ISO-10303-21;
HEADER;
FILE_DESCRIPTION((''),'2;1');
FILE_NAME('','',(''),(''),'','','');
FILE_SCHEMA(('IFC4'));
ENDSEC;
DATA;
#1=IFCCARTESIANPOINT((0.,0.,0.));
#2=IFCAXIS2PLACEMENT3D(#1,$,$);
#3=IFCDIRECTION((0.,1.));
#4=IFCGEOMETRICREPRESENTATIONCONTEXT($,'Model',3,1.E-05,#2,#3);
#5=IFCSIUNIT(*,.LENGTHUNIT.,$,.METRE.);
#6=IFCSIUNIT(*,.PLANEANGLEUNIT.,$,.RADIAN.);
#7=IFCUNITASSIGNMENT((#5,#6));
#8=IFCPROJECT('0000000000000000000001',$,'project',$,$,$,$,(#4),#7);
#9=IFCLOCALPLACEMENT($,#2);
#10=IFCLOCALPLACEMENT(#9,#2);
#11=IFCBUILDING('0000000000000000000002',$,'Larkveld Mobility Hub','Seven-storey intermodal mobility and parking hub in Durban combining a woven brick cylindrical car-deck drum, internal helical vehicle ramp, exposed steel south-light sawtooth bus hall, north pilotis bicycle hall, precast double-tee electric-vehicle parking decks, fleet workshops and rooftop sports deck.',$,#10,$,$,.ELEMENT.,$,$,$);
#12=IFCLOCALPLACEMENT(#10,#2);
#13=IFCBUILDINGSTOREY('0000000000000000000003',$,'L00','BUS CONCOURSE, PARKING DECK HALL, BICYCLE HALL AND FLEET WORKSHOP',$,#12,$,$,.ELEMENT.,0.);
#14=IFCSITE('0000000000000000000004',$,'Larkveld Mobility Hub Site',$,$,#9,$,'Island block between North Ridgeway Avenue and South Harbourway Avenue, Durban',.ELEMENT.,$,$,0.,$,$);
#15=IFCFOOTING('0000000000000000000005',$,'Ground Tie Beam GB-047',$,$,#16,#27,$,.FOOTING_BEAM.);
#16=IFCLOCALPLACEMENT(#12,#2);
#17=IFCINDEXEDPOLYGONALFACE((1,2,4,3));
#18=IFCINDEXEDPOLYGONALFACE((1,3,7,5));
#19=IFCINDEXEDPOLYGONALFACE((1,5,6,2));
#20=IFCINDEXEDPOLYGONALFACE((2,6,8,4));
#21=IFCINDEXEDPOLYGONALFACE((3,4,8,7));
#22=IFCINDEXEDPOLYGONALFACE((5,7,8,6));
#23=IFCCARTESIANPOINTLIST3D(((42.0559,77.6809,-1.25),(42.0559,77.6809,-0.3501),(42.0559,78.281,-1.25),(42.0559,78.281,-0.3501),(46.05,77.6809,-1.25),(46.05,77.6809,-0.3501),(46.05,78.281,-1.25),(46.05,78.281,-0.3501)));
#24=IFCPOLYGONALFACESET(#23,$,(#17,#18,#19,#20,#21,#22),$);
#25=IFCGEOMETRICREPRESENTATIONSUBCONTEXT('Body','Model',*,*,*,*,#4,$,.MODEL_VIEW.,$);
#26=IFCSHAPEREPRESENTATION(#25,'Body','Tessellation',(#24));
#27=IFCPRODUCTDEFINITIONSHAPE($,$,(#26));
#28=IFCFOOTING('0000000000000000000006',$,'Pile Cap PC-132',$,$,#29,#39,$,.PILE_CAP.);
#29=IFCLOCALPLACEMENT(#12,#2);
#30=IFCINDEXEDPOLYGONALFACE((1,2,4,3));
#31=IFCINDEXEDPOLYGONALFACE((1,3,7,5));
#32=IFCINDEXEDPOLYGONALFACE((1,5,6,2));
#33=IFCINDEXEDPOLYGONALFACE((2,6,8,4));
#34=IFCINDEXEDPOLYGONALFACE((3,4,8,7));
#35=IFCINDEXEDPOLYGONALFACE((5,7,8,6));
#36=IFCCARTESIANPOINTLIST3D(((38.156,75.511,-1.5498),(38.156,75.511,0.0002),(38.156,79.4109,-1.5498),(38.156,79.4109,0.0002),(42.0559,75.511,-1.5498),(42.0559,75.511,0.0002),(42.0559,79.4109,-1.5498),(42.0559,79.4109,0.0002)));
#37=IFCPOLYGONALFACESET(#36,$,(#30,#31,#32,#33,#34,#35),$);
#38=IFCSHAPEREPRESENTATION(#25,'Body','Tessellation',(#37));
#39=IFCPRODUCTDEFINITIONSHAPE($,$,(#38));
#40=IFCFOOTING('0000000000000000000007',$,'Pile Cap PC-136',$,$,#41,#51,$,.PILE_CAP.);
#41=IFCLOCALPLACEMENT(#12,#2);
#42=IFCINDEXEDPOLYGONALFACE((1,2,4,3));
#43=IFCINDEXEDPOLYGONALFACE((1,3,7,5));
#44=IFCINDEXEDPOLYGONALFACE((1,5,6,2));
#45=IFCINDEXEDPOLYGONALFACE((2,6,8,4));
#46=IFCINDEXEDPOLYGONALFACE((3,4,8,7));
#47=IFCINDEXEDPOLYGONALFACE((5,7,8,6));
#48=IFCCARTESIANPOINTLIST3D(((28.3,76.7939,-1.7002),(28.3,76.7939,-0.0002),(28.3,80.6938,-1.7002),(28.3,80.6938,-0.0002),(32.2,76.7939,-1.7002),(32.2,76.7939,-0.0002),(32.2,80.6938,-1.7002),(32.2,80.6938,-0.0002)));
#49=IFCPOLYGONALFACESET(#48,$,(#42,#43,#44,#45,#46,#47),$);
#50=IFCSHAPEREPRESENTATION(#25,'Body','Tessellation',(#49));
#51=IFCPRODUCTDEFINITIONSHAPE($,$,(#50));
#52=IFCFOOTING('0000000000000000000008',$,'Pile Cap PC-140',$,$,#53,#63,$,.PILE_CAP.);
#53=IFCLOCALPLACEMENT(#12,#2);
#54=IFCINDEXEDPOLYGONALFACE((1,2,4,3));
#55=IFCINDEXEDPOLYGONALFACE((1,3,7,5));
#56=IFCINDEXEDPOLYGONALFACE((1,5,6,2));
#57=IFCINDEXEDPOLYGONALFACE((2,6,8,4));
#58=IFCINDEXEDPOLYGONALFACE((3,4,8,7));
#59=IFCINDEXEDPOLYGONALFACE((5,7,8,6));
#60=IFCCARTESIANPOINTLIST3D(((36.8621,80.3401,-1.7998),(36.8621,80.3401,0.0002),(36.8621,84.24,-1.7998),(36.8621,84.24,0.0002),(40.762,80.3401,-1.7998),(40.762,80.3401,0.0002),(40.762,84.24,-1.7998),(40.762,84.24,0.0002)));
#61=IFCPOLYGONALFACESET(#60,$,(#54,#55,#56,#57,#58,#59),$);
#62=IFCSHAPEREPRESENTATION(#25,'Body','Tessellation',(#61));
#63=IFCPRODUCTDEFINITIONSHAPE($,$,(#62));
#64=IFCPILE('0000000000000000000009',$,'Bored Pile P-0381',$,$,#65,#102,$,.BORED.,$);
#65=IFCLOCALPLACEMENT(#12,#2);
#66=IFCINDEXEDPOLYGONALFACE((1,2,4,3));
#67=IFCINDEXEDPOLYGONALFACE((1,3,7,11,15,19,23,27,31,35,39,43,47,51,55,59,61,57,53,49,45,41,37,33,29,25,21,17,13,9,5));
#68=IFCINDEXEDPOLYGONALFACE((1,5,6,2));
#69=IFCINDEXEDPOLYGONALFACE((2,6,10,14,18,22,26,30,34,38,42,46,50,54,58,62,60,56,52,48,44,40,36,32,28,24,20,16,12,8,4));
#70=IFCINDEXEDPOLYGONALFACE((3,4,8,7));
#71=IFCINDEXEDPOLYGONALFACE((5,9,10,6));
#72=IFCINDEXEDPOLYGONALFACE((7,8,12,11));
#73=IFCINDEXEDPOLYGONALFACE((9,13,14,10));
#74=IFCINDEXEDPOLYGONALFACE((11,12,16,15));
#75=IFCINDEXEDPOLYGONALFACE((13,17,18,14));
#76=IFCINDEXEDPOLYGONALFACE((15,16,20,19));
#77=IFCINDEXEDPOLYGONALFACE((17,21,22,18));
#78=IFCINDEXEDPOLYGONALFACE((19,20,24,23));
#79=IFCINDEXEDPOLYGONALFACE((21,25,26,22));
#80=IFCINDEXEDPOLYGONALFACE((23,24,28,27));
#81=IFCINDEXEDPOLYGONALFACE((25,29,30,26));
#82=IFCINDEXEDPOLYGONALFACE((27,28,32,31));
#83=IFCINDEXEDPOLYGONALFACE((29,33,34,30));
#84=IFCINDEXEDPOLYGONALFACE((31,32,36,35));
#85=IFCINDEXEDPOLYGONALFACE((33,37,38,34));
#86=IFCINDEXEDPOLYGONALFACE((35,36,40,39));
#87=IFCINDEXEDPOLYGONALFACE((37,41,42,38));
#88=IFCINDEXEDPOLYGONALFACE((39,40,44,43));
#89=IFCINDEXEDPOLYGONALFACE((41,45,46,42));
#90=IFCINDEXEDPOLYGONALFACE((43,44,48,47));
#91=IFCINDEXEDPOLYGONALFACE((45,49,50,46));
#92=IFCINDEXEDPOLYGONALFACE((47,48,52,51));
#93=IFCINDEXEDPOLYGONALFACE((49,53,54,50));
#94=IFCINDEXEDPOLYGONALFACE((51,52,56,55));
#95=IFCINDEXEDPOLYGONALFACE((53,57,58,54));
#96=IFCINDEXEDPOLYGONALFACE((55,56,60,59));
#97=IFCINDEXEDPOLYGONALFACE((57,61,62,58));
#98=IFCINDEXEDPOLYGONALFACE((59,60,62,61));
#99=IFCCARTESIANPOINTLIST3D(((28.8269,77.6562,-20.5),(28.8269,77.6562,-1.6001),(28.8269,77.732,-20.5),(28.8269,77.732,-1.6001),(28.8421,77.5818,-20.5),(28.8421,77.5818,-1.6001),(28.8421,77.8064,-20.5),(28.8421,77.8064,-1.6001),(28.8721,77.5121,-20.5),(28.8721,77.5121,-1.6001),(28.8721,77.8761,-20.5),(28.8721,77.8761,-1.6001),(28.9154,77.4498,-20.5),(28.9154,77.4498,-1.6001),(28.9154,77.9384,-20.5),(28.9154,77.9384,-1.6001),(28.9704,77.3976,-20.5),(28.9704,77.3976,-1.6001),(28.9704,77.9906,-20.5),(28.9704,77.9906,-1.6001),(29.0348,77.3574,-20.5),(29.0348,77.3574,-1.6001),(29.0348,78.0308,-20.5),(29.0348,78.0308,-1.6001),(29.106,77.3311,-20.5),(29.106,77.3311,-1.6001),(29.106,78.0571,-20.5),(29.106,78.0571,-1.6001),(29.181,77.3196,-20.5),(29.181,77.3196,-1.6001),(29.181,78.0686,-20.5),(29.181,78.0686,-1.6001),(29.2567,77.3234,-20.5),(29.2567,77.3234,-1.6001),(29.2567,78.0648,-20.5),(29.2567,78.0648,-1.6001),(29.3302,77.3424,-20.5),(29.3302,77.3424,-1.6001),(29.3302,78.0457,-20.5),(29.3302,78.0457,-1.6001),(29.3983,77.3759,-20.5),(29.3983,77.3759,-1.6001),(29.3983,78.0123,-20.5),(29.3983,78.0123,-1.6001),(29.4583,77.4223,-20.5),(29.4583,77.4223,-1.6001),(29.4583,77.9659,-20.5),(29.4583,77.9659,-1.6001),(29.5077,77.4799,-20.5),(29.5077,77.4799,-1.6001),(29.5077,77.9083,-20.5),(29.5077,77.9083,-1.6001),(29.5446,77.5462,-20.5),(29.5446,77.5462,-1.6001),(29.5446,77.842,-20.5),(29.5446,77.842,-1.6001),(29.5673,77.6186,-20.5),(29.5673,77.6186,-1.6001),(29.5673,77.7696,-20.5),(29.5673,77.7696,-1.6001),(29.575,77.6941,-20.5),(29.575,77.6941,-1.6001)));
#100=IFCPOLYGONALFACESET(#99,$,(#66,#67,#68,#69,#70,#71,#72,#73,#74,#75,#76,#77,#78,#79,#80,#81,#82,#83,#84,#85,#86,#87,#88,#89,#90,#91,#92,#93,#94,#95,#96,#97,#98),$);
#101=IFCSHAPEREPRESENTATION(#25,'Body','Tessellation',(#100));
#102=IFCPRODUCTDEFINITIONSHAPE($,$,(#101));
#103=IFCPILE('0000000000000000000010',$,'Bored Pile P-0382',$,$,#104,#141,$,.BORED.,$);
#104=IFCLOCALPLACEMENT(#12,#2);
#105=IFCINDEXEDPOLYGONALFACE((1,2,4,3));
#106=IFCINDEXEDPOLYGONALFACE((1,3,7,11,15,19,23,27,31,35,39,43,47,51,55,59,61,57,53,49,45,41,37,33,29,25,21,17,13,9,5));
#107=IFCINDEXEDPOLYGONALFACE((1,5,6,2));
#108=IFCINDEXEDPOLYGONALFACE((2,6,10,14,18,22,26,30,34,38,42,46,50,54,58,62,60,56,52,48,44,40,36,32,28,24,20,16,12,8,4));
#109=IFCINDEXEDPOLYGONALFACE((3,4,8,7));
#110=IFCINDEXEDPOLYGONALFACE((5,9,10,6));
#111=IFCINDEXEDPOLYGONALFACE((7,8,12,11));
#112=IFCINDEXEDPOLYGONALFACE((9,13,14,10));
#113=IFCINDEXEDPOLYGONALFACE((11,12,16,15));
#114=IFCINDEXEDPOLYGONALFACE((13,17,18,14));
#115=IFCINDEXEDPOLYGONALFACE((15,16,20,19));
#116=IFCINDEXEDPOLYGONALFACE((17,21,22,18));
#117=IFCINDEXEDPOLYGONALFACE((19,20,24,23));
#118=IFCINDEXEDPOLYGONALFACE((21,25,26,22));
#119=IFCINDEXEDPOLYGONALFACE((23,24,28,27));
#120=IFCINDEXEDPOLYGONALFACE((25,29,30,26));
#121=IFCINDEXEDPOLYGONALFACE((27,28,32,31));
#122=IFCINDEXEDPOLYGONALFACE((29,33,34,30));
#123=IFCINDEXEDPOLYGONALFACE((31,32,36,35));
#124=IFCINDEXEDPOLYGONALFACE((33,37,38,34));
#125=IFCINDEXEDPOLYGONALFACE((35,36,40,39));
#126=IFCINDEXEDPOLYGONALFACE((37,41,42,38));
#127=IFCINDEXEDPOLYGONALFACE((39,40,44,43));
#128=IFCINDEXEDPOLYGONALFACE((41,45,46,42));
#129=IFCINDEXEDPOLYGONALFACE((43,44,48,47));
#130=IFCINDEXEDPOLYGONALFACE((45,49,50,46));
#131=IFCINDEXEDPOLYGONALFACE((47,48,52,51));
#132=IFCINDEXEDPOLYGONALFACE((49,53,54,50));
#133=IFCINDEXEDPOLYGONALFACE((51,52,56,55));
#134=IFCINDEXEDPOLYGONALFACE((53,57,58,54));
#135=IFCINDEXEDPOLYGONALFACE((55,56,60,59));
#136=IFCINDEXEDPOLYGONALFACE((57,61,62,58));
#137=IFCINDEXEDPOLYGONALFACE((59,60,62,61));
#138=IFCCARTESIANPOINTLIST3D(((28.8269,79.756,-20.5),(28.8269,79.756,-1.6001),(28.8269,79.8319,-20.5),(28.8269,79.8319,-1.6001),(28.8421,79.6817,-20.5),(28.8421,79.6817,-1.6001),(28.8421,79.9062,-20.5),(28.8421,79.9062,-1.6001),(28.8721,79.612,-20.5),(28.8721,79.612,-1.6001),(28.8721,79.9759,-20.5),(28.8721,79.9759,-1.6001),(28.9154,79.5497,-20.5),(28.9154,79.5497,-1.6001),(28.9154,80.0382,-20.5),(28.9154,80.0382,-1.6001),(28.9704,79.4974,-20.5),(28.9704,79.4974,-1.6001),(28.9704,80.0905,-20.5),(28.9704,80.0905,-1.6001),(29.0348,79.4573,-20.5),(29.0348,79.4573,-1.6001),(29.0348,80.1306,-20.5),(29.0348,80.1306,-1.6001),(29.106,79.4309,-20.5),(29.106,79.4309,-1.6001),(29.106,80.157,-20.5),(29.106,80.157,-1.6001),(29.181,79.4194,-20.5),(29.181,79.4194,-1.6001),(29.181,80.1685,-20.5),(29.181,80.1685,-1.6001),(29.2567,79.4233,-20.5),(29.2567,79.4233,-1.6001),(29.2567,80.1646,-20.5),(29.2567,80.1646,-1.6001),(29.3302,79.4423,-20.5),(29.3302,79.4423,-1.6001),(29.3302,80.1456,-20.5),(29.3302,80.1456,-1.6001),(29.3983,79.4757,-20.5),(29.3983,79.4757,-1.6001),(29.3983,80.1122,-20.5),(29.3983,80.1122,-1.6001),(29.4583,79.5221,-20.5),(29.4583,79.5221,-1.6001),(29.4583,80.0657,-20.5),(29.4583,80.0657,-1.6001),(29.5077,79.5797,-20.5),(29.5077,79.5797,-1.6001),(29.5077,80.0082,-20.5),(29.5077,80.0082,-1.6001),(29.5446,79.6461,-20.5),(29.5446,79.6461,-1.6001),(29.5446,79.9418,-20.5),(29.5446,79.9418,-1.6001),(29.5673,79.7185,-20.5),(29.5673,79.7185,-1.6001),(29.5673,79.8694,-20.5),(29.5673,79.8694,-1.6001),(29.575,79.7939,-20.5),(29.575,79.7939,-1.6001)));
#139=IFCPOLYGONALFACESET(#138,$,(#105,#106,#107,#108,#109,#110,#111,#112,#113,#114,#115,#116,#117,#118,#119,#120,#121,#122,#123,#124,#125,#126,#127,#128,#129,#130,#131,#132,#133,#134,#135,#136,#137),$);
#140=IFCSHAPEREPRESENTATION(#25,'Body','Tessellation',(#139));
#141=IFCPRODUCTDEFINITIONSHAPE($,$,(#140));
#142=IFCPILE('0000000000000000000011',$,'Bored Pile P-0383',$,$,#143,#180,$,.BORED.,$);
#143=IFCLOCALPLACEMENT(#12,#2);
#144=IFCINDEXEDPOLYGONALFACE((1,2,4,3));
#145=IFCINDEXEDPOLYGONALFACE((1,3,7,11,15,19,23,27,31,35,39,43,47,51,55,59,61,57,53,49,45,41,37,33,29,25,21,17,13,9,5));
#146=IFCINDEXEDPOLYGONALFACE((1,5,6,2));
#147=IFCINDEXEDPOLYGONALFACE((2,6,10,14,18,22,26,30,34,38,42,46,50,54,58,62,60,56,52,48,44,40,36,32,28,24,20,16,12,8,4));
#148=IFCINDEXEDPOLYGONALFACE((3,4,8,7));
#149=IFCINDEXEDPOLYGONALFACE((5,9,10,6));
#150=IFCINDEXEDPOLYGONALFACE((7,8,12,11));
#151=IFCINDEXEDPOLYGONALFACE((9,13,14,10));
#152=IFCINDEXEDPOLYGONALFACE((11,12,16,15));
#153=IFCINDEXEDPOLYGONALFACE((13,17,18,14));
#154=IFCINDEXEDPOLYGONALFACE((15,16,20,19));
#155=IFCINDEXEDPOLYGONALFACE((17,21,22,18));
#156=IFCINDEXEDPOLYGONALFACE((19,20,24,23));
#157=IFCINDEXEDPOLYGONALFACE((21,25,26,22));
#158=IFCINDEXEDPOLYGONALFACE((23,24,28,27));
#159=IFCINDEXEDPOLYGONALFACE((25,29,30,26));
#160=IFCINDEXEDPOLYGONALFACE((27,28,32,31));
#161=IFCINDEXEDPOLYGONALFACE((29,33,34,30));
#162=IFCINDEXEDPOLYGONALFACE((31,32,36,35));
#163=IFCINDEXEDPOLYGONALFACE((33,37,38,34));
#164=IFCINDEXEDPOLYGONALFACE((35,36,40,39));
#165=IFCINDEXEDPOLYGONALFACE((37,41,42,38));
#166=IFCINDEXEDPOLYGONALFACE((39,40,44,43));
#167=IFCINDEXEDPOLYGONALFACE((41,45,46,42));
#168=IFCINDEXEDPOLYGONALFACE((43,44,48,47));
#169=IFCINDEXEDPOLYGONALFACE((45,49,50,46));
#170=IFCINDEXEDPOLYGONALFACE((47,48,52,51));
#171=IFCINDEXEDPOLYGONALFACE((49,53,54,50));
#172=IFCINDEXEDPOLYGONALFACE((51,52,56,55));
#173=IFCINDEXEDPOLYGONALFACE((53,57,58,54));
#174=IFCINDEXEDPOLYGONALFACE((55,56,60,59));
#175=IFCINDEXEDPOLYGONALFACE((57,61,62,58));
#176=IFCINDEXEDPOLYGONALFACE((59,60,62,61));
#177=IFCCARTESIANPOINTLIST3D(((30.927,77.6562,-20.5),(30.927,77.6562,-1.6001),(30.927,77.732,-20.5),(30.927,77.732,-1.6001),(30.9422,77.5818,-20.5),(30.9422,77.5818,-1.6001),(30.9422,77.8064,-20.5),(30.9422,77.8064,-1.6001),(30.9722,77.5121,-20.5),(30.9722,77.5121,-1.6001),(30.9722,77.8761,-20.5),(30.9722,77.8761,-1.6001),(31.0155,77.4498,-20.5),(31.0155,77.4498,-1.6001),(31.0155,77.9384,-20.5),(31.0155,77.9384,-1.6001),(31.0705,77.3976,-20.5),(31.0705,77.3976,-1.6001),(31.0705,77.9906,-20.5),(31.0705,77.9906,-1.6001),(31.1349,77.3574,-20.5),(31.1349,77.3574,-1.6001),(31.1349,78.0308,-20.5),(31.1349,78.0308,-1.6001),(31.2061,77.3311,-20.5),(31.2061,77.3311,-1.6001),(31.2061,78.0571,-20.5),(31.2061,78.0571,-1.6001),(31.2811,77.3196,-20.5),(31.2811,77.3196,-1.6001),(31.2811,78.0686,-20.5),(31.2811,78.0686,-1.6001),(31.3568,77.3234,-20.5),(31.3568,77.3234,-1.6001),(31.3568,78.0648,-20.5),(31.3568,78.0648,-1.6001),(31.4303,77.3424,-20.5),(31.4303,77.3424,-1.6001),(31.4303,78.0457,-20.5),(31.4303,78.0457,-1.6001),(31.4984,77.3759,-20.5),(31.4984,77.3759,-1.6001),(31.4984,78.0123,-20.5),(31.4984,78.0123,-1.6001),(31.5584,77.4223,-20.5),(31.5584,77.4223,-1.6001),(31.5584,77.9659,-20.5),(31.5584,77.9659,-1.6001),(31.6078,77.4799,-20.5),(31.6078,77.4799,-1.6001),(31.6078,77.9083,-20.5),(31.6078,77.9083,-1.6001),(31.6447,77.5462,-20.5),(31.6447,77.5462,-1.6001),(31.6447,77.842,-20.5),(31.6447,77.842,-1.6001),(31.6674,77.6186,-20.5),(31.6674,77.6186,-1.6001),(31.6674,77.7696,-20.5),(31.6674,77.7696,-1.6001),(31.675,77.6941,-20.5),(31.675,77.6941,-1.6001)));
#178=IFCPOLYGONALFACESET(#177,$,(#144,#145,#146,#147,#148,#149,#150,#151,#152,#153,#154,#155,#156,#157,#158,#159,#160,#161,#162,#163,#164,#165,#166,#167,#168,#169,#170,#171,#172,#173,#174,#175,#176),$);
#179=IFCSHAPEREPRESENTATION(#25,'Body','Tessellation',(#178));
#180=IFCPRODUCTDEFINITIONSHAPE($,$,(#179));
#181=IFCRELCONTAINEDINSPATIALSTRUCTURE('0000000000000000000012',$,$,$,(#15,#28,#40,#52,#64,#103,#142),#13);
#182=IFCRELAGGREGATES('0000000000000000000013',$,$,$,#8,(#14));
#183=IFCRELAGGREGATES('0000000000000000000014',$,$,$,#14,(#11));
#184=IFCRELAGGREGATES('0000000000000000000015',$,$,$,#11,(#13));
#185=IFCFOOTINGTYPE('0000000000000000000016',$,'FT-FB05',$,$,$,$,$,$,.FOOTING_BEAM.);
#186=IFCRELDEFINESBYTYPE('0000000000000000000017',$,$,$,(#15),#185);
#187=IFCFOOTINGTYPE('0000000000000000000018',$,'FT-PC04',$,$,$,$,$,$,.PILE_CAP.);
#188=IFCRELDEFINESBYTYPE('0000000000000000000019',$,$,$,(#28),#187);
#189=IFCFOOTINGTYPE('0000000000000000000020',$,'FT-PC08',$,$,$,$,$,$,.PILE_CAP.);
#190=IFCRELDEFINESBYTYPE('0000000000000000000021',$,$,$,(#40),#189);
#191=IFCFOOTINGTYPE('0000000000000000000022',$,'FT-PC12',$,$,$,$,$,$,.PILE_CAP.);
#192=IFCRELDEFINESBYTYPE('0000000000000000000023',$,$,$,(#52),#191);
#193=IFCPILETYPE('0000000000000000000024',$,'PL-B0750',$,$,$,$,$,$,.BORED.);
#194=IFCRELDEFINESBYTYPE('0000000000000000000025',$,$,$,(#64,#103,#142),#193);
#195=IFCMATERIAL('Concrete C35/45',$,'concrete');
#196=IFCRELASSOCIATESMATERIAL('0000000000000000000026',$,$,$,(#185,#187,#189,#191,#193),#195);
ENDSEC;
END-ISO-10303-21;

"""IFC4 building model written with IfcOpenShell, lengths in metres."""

from ifc_helpers import new_model, si_unit, direction, frame, origin, origin_2d, place, context, subcontext, project, spatial, rectangle, circle, extrude, material, material_profile, profile_set, type_object, element, save


model = new_model("IFC4")

# Units and contexts
model_context = context("Model", 3, precision=1e-05, world=origin(), true_north=direction((0.0, 1.0)))
body_context = subcontext(model_context, "Body", "Model", "MODEL_VIEW")
ifc_project = project(units=[si_unit("LENGTHUNIT", "METRE"), si_unit("PLANEANGLEUNIT", "RADIAN")], contexts=[model_context])

# Site, building, storey
site_placement = place(None, origin())
site = spatial("IfcSite", under=ifc_project, at=site_placement, Name="Larkveld Mobility Hub Site", LongName="Island block between North Ridgeway Avenue and South Harbourway Avenue, Durban", CompositionType="ELEMENT", RefElevation=0.0)
building_placement = place(site_placement, origin())
building = spatial("IfcBuilding", under=site, at=building_placement, Name="Larkveld Mobility Hub", Description="Seven-storey intermodal mobility and parking hub in Durban combining a woven brick cylindrical car-deck drum, internal helical vehicle ramp, exposed steel south-light sawtooth bus hall, north pilotis bicycle hall, precast double-tee electric-vehicle parking decks, fleet workshops and rooftop sports deck.", CompositionType="ELEMENT")
storey_placement = place(building_placement, origin())
storey = spatial("IfcBuildingStorey", under=building, at=storey_placement, Name="L00", Description="BUS CONCOURSE, PARKING DECK HALL, BICYCLE HALL AND FLEET WORKSHOP", CompositionType="ELEMENT", Elevation=0.0)

# Footings
ifc_material_1 = material(Name="Concrete C35/45", Category="concrete")
ifc_material_profile_1 = material_profile(ifc_material_1, rectangle(XDim=0.6001, YDim=0.8999, at=origin_2d()), Name="RC BM 600x900")
ifc_profile_set_1 = profile_set([ifc_material_profile_1], Name="Concrete C35/45")
footing_type_1 = type_object("IfcFootingType", Name="FT-FB05", PredefinedType="FOOTING_BEAM", material=ifc_profile_set_1)
footing_1_placement = place(storey_placement, frame((42.0559, 77.981, -0.8), z_axis=(1.0, 0.0, 0.0), x_axis=(0.0, 1.0, 0.0)))
element("IfcFooting", 1, at=footing_1_placement, inside=storey, type_object=footing_type_1, Name="Ground Tie Beam GB-047", PredefinedType="FOOTING_BEAM", context=body_context, shape_type="SweptSolid", body=[
    extrude(rectangle(XDim=0.6001, YDim=0.8999, at=origin_2d()), origin(), (0.0, 0.0, 1.0), 3.9941),
])
footing_type_2 = type_object("IfcFootingType", Name="FT-PC04", PredefinedType="PILE_CAP", material=ifc_material_1)
footing_2_placement = place(storey_placement, frame((40.106, 77.4609, -1.5498), z_axis=(0.0, 0.0, 1.0), x_axis=(1.0, 0.0, 0.0)))
element("IfcFooting", 2, at=footing_2_placement, inside=storey, type_object=footing_type_2, Name="Pile Cap PC-132", PredefinedType="PILE_CAP", context=body_context, shape_type="SweptSolid", body=[
    extrude(rectangle(XDim=3.8999, YDim=3.8999, at=origin_2d()), origin(), (0.0, 0.0, 1.0), 1.55),
])
footing_type_3 = type_object("IfcFootingType", Name="FT-PC08", PredefinedType="PILE_CAP", material=ifc_material_1)
footing_3_placement = place(storey_placement, frame((30.25, 78.7439, -1.7002), z_axis=(0.0, 0.0, 1.0), x_axis=(1.0, 0.0, 0.0)))
element("IfcFooting", 3, at=footing_3_placement, inside=storey, type_object=footing_type_3, Name="Pile Cap PC-136", PredefinedType="PILE_CAP", context=body_context, shape_type="SweptSolid", body=[
    extrude(rectangle(XDim=3.8999, YDim=3.8999, at=origin_2d()), origin(), (0.0, 0.0, 1.0), 1.7),
])
footing_type_4 = type_object("IfcFootingType", Name="FT-PC12", PredefinedType="PILE_CAP", material=ifc_material_1)
footing_4_placement = place(storey_placement, frame((38.812, 82.29, -1.7998), z_axis=(0.0, 0.0, 1.0), x_axis=(1.0, 0.0, 0.0)))
element("IfcFooting", 4, at=footing_4_placement, inside=storey, type_object=footing_type_4, Name="Pile Cap PC-140", PredefinedType="PILE_CAP", context=body_context, shape_type="SweptSolid", body=[
    extrude(rectangle(XDim=3.8999, YDim=3.8999, at=origin_2d()), origin(), (0.0, 0.0, 1.0), 1.8),
])

# Piles
ifc_material_profile_2 = material_profile(ifc_material_1, circle(Radius=0.375, at=origin_2d()), Name="PILE D750")
ifc_profile_set_2 = profile_set([ifc_material_profile_2], Name="Concrete C35/45")
pile_type_1 = type_object("IfcPileType", Name="PL-B0750", PredefinedType="BORED", material=ifc_profile_set_2)
for number, where, z_axis, x_axis, name in (
    (5, (29.2, 77.6941, -1.6001), (0.0, 0.0, -1.0), (1.0, 0.0, 0.0), "Bored Pile P-0381"),
    (6, (29.2, 79.7939, -1.6001), (0.0, 0.0, -1.0), (1.0, 0.0, 0.0), "Bored Pile P-0382"),
    (7, (31.3, 77.6941, -1.6001), (0.0, 0.0, -1.0), (1.0, 0.0, 0.0), "Bored Pile P-0383"),
):
    element("IfcPile", number, at=place(storey_placement, frame(where, z_axis=z_axis, x_axis=x_axis)), inside=storey, type_object=pile_type_1, Name=name, PredefinedType="BORED", context=body_context, shape_type="SweptSolid", body=[
        extrude(circle(Radius=0.375, at=origin_2d()), origin(), (0.0, 0.0, 1.0), 18.8999),
    ])

save(model, "model.ifc")
